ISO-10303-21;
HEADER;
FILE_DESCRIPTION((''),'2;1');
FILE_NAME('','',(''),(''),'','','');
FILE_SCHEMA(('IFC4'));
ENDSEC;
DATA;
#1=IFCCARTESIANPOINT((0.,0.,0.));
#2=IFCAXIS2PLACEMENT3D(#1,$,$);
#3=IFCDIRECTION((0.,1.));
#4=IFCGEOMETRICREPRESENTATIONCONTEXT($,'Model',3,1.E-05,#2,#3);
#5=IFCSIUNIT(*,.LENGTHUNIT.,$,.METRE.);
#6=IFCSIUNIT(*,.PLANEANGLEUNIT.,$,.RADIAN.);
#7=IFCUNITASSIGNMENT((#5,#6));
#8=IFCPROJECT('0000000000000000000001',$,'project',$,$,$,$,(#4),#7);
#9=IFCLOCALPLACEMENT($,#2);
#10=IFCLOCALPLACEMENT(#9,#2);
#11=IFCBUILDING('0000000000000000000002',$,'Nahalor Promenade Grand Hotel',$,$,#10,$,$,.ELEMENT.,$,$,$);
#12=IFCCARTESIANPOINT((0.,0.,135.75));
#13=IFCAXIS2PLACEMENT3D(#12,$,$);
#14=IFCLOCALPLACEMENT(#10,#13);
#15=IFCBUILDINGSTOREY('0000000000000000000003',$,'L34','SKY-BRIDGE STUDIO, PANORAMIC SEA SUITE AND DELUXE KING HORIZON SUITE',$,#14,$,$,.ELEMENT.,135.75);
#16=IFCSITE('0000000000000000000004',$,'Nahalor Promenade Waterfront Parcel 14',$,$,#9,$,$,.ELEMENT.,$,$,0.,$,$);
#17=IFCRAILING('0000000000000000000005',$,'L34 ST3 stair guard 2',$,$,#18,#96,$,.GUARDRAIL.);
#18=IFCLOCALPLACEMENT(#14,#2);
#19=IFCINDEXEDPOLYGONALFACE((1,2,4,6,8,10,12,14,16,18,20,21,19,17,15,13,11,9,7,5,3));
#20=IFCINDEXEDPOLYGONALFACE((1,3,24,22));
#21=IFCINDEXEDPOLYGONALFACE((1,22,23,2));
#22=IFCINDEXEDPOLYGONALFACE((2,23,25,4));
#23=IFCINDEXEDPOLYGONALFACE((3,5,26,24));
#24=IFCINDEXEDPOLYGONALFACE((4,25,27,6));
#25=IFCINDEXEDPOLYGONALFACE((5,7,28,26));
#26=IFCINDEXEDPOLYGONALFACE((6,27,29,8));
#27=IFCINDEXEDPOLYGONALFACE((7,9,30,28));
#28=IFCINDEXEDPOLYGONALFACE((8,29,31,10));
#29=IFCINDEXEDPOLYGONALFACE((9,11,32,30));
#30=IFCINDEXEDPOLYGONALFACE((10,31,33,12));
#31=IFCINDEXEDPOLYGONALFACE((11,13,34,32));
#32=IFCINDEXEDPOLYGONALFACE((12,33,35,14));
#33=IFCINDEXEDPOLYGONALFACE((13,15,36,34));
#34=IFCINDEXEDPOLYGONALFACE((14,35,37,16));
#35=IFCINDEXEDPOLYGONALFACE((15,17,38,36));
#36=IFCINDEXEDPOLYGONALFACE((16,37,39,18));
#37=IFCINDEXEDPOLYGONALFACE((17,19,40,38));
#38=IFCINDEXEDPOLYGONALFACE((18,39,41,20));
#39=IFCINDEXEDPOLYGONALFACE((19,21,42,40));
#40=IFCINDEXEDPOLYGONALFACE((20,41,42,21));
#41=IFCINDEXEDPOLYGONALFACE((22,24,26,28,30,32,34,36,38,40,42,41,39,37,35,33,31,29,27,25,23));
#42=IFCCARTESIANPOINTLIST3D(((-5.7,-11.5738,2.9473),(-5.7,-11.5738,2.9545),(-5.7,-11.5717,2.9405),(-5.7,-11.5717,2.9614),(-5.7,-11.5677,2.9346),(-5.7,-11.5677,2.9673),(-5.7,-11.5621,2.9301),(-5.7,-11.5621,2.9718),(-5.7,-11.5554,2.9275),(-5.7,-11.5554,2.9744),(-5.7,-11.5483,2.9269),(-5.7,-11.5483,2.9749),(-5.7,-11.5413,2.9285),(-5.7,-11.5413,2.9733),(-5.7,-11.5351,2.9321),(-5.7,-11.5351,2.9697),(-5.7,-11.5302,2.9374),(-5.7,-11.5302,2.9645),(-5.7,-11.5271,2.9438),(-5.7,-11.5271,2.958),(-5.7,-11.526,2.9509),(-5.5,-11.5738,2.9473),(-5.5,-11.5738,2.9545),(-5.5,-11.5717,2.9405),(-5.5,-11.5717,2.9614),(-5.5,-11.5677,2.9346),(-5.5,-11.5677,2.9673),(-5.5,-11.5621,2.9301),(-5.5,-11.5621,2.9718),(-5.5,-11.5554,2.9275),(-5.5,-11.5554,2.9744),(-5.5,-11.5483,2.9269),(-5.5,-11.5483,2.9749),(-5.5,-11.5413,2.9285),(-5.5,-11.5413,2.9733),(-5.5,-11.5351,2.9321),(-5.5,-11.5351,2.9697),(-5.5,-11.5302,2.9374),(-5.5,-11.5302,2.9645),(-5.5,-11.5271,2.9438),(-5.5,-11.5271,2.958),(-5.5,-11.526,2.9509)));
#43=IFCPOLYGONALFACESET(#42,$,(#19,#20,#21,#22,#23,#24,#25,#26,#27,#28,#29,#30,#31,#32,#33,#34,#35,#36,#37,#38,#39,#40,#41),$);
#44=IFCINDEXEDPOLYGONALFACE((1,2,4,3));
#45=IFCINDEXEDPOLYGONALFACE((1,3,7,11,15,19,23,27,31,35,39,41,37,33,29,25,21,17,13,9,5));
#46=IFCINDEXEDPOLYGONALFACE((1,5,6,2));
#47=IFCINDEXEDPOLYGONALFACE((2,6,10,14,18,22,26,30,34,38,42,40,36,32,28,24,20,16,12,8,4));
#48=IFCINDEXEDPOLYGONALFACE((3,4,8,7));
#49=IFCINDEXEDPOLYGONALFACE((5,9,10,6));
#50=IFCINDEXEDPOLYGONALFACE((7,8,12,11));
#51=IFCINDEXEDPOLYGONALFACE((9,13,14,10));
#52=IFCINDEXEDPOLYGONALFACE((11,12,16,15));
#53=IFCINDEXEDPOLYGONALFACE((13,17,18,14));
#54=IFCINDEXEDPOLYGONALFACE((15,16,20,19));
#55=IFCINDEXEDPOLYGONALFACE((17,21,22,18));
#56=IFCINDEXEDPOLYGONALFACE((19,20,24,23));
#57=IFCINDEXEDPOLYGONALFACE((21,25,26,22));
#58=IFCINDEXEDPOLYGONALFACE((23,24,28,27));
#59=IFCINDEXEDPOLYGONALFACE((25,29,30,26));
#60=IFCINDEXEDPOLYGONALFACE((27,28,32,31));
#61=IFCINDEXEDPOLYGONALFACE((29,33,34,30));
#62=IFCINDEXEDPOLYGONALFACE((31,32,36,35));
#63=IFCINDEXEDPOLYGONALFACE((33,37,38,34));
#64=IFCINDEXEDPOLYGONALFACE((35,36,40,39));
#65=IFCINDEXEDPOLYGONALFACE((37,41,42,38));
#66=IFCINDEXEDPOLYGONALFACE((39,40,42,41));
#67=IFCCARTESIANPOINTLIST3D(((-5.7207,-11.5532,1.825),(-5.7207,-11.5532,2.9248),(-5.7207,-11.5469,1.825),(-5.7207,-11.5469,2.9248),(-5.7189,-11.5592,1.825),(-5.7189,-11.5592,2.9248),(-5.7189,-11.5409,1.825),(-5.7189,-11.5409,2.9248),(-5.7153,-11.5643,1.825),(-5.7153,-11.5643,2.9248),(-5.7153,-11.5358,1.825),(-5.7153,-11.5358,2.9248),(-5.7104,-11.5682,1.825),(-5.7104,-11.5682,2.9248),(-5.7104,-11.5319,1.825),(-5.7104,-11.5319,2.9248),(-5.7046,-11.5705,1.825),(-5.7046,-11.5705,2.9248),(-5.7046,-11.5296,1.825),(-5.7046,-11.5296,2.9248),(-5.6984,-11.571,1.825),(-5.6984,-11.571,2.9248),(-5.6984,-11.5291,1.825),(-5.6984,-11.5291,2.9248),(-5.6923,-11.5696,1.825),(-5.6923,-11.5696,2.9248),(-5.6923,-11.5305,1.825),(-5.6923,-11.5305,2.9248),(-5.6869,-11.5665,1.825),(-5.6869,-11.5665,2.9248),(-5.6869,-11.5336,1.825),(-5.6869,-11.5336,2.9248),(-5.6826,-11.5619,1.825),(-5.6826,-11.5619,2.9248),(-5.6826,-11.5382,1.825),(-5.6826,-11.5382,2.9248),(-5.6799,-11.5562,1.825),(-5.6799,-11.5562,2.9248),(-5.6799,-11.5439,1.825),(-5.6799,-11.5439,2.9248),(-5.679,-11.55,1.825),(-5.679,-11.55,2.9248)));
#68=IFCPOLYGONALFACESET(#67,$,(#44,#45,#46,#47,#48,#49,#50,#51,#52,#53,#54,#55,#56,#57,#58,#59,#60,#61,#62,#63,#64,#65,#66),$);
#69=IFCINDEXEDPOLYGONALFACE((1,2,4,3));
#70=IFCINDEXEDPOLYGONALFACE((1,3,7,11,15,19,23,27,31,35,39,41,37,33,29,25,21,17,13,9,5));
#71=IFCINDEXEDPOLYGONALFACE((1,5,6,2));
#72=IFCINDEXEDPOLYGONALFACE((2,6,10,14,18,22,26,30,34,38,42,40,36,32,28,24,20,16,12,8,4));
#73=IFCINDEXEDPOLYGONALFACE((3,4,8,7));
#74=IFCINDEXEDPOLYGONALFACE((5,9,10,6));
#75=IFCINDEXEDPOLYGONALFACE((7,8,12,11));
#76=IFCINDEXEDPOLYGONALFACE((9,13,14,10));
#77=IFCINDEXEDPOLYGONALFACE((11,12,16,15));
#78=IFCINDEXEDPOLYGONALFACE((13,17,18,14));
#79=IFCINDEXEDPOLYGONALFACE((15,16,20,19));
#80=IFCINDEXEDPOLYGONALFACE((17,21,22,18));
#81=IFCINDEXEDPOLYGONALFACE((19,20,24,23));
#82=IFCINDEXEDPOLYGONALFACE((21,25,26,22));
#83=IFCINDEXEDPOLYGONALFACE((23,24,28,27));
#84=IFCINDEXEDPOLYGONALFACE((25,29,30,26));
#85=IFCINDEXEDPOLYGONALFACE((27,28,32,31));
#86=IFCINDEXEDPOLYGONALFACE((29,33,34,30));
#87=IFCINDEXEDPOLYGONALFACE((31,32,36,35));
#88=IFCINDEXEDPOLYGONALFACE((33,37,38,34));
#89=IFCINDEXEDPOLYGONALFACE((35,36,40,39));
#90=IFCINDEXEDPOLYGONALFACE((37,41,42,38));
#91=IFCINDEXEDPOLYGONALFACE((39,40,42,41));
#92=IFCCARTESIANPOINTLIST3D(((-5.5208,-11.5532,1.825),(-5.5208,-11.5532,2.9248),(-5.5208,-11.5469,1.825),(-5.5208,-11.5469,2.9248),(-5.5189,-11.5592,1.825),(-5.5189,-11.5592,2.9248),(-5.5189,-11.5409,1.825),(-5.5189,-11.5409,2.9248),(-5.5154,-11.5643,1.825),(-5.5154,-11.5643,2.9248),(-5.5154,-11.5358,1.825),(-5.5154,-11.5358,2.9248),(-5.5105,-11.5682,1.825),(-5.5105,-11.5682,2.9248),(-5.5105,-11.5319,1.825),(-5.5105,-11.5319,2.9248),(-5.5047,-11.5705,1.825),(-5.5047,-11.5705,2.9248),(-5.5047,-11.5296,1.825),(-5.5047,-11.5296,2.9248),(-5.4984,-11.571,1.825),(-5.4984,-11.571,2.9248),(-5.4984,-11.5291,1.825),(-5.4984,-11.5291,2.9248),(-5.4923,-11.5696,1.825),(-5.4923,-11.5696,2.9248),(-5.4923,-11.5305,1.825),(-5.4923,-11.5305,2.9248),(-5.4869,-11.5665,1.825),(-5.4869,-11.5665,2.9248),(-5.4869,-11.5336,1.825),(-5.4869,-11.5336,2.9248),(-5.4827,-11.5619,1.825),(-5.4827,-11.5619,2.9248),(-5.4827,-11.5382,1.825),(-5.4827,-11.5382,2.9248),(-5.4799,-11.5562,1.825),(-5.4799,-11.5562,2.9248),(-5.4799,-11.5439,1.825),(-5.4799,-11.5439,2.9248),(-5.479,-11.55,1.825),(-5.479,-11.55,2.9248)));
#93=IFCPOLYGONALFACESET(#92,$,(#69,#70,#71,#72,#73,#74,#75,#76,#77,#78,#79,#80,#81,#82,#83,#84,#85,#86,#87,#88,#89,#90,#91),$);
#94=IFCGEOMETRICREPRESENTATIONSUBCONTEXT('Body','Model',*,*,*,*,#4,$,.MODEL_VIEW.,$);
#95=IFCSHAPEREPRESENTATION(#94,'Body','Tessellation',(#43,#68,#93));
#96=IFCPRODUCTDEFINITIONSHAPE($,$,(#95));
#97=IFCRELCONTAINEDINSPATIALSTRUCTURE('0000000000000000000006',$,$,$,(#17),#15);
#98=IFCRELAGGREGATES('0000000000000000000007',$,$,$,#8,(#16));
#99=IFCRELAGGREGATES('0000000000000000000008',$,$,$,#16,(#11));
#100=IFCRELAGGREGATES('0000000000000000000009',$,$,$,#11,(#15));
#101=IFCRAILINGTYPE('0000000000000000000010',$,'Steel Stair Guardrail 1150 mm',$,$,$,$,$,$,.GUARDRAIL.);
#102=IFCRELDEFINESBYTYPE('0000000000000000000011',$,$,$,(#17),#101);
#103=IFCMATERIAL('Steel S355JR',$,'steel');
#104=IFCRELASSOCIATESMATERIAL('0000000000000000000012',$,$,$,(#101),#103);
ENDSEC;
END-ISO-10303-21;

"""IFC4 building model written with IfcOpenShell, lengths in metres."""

from ifc_helpers import new_model, si_unit, direction, frame, origin, origin_2d, place, context, subcontext, project, spatial, circle, extrude, material, type_object, element, save


model = new_model("IFC4")

# Units and contexts
model_context = context("Model", 3, precision=1e-05, world=origin(), true_north=direction((0.0, 1.0)))
body_context = subcontext(model_context, "Body", "Model", "MODEL_VIEW")
ifc_project = project(units=[si_unit("LENGTHUNIT", "METRE"), si_unit("PLANEANGLEUNIT", "RADIAN")], contexts=[model_context])

# Site, building, storey
site_placement = place(None, origin())
site = spatial("IfcSite", under=ifc_project, at=site_placement, Name="Nahalor Promenade Waterfront Parcel 14", CompositionType="ELEMENT", RefElevation=0.0)
building_placement = place(site_placement, origin())
building = spatial("IfcBuilding", under=site, at=building_placement, Name="Nahalor Promenade Grand Hotel", CompositionType="ELEMENT")
storey_placement = place(building_placement, frame((0.0, 0.0, 135.75)))
storey = spatial("IfcBuildingStorey", under=building, at=storey_placement, Name="L34", Description="SKY-BRIDGE STUDIO, PANORAMIC SEA SUITE AND DELUXE KING HORIZON SUITE", CompositionType="ELEMENT", Elevation=135.75)

# Shared definitions
ifc_material_1 = material(Name="Steel S355JR", Category="steel")

# Railing
railing_type_1 = type_object("IfcRailingType", Name="Steel Stair Guardrail 1150 mm", PredefinedType="GUARDRAIL", material=ifc_material_1)
railing_1_placement = place(storey_placement, frame((-5.7, -11.55, 1.825)))
element("IfcRailing", 1, at=railing_1_placement, inside=storey, type_object=railing_type_1, Name="L34 ST3 stair guard 2", PredefinedType="GUARDRAIL", context=body_context, shape_type="SweptSolid", body=[
    extrude(circle(Radius=0.024, at=origin_2d()), frame((0.0, 0.0, 1.126), z_axis=(1.0, 0.0, 0.0), x_axis=(0.0, 1.0, 0.0)), (0.0, 0.0, 1.0), 0.2),
    extrude(circle(Radius=0.021, at=origin_2d()), origin(), (0.0, 0.0, 1.0), 1.0999),
    extrude(circle(Radius=0.021, at=origin_2d()), frame((0.2, 0.0, 0.0)), (0.0, 0.0, 1.0), 1.0999),
])

save(model, "model.ifc")
